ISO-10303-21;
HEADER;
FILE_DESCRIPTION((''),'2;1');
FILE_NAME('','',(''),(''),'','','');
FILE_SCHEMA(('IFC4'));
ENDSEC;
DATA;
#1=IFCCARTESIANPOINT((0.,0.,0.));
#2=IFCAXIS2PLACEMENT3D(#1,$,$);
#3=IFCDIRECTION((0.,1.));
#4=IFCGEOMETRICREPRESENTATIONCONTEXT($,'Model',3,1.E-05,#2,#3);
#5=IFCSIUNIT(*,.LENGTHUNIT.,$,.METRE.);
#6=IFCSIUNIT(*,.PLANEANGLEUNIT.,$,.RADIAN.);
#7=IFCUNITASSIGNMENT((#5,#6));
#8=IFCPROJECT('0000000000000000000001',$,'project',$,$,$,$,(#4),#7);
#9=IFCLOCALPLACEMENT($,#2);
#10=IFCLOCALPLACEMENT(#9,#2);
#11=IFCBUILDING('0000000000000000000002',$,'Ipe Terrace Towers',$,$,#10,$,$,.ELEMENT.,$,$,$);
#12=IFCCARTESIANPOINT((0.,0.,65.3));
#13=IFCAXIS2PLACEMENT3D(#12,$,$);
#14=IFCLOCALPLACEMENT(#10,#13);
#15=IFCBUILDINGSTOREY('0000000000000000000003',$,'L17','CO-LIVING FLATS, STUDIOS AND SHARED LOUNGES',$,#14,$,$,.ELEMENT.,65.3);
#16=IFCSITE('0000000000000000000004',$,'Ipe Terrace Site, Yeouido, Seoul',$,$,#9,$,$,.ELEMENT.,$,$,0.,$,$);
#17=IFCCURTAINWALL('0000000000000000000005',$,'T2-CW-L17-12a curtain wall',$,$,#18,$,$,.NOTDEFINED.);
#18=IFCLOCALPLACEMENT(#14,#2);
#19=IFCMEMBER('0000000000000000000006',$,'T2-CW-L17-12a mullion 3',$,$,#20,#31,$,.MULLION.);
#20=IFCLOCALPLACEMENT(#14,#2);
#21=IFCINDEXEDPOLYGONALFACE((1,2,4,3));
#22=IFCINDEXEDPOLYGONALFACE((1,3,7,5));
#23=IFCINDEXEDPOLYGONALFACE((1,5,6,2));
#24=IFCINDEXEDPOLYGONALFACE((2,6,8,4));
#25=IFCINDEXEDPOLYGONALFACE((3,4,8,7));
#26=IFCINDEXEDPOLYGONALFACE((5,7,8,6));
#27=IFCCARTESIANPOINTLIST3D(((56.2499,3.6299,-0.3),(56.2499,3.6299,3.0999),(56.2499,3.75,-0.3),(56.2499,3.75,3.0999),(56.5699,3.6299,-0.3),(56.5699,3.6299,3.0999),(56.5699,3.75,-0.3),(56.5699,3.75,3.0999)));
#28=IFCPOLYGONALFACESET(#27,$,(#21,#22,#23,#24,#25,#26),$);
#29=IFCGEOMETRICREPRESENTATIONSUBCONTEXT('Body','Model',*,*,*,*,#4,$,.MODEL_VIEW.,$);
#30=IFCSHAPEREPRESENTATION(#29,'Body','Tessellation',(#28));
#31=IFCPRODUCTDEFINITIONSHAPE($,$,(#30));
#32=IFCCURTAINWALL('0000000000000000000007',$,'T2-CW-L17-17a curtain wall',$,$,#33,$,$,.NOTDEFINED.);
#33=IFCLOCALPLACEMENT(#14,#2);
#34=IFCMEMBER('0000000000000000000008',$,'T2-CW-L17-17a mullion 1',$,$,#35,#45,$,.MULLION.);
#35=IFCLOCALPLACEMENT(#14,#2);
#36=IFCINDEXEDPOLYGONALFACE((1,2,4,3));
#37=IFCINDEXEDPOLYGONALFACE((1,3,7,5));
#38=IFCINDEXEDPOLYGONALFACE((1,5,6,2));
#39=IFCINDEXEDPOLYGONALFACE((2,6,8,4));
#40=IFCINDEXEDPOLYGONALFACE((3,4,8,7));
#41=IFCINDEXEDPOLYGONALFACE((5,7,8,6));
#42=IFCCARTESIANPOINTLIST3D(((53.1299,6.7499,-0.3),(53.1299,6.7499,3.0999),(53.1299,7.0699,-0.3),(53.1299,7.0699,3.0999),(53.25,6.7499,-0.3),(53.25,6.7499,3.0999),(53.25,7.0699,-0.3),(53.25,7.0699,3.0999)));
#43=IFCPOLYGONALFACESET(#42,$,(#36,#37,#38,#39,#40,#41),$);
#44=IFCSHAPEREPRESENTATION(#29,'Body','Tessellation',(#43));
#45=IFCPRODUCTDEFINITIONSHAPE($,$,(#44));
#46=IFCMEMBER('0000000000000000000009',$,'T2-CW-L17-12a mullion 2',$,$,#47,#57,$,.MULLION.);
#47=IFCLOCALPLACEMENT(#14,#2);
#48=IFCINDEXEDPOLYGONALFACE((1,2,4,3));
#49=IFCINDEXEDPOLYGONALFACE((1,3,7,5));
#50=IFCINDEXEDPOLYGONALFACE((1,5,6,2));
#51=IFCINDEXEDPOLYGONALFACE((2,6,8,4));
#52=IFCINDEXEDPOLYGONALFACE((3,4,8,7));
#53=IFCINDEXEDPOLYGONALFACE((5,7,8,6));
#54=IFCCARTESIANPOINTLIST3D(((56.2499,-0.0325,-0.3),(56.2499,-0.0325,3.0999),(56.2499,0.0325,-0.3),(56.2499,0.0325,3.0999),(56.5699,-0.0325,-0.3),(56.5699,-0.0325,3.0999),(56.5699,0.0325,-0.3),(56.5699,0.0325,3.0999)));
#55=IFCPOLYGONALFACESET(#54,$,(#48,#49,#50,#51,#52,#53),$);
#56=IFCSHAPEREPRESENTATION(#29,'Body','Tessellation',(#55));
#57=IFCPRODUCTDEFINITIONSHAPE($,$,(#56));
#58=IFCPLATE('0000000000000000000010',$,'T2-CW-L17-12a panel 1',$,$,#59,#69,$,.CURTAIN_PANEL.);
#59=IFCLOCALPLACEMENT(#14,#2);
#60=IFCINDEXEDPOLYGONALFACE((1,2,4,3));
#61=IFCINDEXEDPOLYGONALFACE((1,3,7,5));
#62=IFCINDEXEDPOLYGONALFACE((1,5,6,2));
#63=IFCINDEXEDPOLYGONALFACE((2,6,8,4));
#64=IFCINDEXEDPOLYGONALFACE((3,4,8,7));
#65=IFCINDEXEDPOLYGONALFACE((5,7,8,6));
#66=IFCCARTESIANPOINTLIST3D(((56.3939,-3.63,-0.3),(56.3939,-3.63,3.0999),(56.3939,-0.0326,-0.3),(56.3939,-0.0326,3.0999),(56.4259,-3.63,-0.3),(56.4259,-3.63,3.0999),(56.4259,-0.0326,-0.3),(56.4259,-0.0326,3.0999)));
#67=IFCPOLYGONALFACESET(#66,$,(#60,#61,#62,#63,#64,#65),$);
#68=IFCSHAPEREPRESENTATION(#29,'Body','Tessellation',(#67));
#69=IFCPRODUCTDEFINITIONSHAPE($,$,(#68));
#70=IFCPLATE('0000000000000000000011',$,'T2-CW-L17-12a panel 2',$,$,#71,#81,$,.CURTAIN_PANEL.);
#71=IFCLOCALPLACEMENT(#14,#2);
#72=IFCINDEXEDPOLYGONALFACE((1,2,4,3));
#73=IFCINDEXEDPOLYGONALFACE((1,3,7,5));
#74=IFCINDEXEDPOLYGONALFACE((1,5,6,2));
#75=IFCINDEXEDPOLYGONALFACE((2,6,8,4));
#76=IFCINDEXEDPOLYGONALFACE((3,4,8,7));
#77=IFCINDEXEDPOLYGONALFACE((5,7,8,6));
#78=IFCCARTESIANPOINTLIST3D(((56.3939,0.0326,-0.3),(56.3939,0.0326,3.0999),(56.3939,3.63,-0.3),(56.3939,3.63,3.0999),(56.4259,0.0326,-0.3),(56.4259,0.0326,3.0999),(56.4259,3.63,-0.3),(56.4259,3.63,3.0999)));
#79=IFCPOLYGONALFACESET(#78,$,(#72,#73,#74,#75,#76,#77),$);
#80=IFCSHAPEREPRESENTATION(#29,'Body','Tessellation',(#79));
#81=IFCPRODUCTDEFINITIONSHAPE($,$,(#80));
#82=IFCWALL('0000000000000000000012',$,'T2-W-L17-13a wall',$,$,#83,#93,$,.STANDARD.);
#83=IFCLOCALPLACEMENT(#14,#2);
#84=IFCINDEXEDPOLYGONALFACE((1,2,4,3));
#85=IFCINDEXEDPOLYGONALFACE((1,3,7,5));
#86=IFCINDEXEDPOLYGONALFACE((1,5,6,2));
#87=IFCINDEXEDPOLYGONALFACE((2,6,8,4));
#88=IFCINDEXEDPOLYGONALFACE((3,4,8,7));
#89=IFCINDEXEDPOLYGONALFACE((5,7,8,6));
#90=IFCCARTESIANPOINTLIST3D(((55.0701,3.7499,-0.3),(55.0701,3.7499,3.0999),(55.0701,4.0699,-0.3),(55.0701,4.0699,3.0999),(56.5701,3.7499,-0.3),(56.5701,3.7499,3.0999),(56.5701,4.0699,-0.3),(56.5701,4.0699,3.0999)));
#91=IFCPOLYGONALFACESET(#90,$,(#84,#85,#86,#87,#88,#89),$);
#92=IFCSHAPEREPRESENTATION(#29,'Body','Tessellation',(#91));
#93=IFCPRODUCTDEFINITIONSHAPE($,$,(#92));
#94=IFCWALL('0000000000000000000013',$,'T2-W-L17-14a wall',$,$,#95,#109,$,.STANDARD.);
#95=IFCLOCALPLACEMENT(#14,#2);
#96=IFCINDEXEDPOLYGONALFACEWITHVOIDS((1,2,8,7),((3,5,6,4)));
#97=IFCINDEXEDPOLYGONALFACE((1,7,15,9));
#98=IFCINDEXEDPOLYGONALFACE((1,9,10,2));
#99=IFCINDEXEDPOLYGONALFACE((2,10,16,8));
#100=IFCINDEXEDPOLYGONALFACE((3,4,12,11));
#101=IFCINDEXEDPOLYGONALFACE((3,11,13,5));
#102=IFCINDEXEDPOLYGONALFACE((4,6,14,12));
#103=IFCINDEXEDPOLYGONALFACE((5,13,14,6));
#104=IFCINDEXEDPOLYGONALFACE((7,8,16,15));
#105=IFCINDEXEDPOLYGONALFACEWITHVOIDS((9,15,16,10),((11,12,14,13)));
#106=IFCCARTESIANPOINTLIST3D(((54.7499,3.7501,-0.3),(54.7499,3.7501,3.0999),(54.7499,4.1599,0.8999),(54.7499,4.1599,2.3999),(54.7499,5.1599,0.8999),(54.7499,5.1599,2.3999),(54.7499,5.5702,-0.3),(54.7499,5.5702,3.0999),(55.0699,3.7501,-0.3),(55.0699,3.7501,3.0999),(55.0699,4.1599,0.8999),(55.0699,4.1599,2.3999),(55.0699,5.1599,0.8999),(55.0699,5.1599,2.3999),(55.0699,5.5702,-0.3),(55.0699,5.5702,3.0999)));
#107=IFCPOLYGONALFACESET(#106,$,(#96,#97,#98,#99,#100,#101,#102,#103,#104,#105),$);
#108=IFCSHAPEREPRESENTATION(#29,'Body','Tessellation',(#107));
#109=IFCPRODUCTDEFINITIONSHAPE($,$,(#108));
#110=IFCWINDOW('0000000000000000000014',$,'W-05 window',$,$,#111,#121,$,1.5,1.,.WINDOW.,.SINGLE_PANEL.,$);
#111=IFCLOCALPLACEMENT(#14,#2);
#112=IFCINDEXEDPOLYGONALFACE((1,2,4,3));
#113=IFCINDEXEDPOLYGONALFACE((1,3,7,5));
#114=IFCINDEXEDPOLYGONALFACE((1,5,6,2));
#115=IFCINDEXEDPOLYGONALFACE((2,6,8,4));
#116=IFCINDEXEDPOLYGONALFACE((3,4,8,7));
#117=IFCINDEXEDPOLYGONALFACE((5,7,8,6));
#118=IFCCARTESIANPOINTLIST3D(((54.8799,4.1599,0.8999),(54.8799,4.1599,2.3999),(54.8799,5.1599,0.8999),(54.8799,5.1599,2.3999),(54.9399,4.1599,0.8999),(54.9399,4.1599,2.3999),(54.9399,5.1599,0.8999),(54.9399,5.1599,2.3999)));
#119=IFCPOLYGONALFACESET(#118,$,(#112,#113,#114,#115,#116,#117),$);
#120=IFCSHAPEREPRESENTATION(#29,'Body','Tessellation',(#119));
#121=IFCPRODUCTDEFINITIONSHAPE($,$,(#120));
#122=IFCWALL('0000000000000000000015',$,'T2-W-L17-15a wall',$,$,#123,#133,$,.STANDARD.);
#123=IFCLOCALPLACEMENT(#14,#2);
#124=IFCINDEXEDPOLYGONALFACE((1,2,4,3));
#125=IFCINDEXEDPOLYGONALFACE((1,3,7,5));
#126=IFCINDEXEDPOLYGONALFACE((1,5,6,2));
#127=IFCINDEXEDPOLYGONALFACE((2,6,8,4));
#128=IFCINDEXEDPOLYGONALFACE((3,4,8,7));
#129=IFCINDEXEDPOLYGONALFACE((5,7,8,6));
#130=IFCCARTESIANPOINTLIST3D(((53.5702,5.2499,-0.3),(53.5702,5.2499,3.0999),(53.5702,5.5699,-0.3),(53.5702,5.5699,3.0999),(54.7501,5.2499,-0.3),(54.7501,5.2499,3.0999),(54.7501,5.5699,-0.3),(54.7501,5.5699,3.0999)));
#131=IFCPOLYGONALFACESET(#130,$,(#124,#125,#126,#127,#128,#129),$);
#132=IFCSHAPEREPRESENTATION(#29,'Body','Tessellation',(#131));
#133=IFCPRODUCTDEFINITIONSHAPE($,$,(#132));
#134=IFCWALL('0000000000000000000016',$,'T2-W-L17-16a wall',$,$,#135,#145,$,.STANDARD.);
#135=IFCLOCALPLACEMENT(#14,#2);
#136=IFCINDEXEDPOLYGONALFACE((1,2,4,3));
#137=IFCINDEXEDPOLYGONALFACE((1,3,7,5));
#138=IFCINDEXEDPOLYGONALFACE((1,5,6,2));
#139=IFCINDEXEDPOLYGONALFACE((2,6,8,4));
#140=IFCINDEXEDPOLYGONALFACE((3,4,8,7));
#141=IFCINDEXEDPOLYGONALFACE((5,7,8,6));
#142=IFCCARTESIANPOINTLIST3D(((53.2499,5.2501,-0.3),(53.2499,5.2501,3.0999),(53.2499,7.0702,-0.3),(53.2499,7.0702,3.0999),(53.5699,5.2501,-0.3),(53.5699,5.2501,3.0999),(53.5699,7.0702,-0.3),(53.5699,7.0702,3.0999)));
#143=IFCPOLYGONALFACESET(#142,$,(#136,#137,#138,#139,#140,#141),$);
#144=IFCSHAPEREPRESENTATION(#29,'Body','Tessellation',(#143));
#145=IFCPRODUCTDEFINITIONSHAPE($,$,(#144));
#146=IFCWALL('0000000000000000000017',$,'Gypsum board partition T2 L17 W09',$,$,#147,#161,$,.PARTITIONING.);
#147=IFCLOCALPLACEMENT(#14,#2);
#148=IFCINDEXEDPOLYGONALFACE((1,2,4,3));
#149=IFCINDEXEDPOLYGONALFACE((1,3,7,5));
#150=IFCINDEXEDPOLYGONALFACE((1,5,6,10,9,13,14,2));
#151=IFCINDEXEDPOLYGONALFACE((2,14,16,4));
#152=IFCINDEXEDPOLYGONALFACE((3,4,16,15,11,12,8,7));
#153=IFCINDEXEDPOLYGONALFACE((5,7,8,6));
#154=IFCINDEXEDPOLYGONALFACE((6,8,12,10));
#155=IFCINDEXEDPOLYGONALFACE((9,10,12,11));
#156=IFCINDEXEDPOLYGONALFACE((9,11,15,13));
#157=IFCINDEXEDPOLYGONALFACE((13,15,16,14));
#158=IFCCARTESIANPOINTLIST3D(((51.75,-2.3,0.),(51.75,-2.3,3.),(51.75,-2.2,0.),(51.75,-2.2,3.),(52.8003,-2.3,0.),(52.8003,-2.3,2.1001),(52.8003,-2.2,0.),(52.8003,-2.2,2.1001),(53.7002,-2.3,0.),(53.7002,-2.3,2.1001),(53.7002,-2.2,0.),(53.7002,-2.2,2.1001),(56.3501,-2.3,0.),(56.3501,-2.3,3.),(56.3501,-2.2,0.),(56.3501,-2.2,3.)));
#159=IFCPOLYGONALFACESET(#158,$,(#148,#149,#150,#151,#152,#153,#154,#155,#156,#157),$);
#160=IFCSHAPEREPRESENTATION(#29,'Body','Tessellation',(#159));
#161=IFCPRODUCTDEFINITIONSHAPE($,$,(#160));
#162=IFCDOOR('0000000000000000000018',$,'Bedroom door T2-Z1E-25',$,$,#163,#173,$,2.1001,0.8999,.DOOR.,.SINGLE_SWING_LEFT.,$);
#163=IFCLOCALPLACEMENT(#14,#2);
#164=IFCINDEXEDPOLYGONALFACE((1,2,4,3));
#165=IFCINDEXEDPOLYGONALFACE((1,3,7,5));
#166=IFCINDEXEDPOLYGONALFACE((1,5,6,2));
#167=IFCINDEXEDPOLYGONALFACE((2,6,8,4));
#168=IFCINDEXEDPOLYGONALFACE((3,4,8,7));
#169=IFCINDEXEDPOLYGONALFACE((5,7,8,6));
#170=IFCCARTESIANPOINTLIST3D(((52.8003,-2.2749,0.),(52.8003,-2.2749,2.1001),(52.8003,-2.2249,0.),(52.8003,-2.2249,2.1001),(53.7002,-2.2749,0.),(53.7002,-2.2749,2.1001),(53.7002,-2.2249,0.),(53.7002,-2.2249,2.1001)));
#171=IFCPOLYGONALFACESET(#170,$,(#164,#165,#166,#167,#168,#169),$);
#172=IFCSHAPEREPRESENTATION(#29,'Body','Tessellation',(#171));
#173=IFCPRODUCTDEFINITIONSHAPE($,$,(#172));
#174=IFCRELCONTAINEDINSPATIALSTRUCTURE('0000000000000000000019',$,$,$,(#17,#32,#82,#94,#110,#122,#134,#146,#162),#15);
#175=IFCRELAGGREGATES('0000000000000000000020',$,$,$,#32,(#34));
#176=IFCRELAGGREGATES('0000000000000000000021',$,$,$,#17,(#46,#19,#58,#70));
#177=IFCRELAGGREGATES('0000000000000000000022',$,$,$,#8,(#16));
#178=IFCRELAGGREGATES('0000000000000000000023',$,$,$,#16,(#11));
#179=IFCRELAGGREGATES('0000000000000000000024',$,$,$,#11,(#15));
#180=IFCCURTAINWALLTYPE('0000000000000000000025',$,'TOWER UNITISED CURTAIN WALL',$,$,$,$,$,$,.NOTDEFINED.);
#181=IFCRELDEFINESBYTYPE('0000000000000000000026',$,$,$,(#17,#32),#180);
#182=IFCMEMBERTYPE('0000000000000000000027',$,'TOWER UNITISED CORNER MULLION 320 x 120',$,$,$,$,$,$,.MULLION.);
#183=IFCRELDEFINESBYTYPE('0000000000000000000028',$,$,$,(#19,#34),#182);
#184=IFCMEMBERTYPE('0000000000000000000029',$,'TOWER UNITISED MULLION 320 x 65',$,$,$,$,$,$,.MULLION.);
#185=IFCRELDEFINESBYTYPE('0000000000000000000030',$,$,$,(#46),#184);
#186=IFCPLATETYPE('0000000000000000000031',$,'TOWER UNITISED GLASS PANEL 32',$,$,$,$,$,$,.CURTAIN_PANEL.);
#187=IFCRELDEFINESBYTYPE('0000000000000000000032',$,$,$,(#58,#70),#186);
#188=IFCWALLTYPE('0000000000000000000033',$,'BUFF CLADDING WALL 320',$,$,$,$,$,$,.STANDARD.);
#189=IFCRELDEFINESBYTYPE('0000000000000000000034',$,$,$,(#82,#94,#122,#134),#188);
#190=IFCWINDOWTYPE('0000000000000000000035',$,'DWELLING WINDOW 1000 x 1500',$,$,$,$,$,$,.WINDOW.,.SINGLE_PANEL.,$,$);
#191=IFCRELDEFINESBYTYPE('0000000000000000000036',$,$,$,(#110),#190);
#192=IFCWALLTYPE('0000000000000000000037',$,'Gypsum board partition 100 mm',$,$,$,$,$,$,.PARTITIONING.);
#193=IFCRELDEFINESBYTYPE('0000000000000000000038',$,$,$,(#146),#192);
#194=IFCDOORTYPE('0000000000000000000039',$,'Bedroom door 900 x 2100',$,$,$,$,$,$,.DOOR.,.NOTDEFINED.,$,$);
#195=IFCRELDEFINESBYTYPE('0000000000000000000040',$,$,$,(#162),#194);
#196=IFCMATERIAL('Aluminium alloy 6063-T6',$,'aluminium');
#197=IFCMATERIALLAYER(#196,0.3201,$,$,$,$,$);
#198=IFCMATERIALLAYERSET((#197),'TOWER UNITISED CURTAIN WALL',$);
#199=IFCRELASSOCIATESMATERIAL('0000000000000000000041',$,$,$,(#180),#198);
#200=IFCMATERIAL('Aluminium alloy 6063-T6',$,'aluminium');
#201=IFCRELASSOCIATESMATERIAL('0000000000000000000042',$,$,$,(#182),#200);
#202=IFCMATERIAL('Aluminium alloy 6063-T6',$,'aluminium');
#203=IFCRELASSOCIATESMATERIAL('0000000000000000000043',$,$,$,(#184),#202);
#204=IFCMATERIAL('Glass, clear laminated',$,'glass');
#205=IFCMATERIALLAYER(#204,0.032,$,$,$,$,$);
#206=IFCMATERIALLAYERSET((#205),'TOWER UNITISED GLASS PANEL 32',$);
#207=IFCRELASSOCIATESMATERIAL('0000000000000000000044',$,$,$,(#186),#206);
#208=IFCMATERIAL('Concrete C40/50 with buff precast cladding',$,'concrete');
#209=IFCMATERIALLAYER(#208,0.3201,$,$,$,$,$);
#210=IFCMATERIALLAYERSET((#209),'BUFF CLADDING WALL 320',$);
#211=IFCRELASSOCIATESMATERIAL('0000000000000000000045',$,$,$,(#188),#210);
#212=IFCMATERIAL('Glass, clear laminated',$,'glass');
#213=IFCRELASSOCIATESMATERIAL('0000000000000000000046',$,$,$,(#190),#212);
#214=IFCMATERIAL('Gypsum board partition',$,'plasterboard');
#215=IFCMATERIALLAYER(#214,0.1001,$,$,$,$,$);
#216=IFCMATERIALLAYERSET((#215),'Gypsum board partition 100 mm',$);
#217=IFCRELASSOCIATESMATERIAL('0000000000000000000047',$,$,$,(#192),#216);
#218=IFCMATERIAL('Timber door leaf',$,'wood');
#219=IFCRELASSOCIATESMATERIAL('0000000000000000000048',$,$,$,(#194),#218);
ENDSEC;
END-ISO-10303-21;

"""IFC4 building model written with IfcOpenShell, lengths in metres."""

from ifc_helpers import new_model, si_unit, direction, frame, frame_2d, origin, origin_2d, place, context, subcontext, project, spatial, rectangle, extrude, material, layer, layer_set, material_profile, profile_set, type_object, element, fill, aggregate, save


model = new_model("IFC4")

# Units and contexts
model_context = context("Model", 3, precision=1e-05, world=origin(), true_north=direction((0.0, 1.0)))
body_context = subcontext(model_context, "Body", "Model", "MODEL_VIEW")
ifc_project = project(units=[si_unit("LENGTHUNIT", "METRE"), si_unit("PLANEANGLEUNIT", "RADIAN")], contexts=[model_context])

# Site, building, storey
site_placement = place(None, origin())
site = spatial("IfcSite", under=ifc_project, at=site_placement, Name="Ipe Terrace Site, Yeouido, Seoul", CompositionType="ELEMENT", RefElevation=0.0)
building_placement = place(site_placement, origin())
building = spatial("IfcBuilding", under=site, at=building_placement, Name="Ipe Terrace Towers", CompositionType="ELEMENT")
storey_placement = place(building_placement, frame((0.0, 0.0, 65.3)))
storey = spatial("IfcBuildingStorey", under=building, at=storey_placement, Name="L17", Description="CO-LIVING FLATS, STUDIOS AND SHARED LOUNGES", CompositionType="ELEMENT", Elevation=65.3)

# Curtain walls, members
ifc_material_1 = material(Name="Aluminium alloy 6063-T6", Category="aluminium")
ifc_layer_1 = layer(ifc_material_1, 0.3201)
ifc_layer_set_1 = layer_set([ifc_layer_1], Name="TOWER UNITISED CURTAIN WALL")
curtain_wall_type = type_object("IfcCurtainWallType", Name="TOWER UNITISED CURTAIN WALL", PredefinedType="NOTDEFINED", material=ifc_layer_set_1)
curtain_wall_1_placement = place(storey_placement, origin())
curtain_wall_1 = element("IfcCurtainWall", 1, at=curtain_wall_1_placement, inside=storey, type_object=curtain_wall_type, Name="T2-CW-L17-12a curtain wall", PredefinedType="NOTDEFINED")
ifc_material_2 = material(Name="Aluminium alloy 6063-T6", Category="aluminium")
ifc_material_profile_1 = material_profile(ifc_material_2, rectangle(XDim=0.3201, YDim=0.1201, at=origin_2d()), Name="TOWER UNITISED CORNER MULLION 320 x 120")
ifc_profile_set_1 = profile_set([ifc_material_profile_1], Name="Aluminium alloy 6063-T6")
member_type_1 = type_object("IfcMemberType", Name="TOWER UNITISED CORNER MULLION 320 x 120", PredefinedType="MULLION", material=ifc_profile_set_1)
member_1_placement = place(storey_placement, frame((56.4099, 3.6899, -0.3), z_axis=(0.0, 0.0, 1.0), x_axis=(1.0, 0.0, 0.0)))
member_1 = element("IfcMember", 2, at=member_1_placement, type_object=member_type_1, Name="T2-CW-L17-12a mullion 3", PredefinedType="MULLION", context=body_context, shape_type="SweptSolid", body=[
    extrude(rectangle(XDim=0.3201, YDim=0.1201, at=origin_2d()), origin(), (0.0, 0.0, 1.0), 3.3999),
])
curtain_wall_2_placement = place(storey_placement, origin())
curtain_wall_2 = element("IfcCurtainWall", 3, at=curtain_wall_2_placement, inside=storey, type_object=curtain_wall_type, Name="T2-CW-L17-17a curtain wall", PredefinedType="NOTDEFINED")
member_2_placement = place(storey_placement, frame((53.1899, 6.9099, -0.3), z_axis=(0.0, 0.0, 1.0), x_axis=(0.0, 1.0, 0.0)))
member_2 = element("IfcMember", 4, at=member_2_placement, type_object=member_type_1, Name="T2-CW-L17-17a mullion 1", PredefinedType="MULLION", context=body_context, shape_type="SweptSolid", body=[
    extrude(rectangle(XDim=0.3201, YDim=0.1201, at=origin_2d()), origin(), (0.0, 0.0, 1.0), 3.3999),
])
aggregate(curtain_wall_2, [member_2])

# Member
ifc_material_3 = material(Name="Aluminium alloy 6063-T6", Category="aluminium")
ifc_material_profile_2 = material_profile(ifc_material_3, rectangle(XDim=0.3201, YDim=0.0649, at=origin_2d()), Name="TOWER UNITISED MULLION 320 x 65")
ifc_profile_set_2 = profile_set([ifc_material_profile_2], Name="Aluminium alloy 6063-T6")
member_type_2 = type_object("IfcMemberType", Name="TOWER UNITISED MULLION 320 x 65", PredefinedType="MULLION", material=ifc_profile_set_2)
member_3_placement = place(storey_placement, frame((56.4099, 0.0, -0.3), z_axis=(0.0, 0.0, 1.0), x_axis=(1.0, 0.0, 0.0)))
member_3 = element("IfcMember", 5, at=member_3_placement, type_object=member_type_2, Name="T2-CW-L17-12a mullion 2", PredefinedType="MULLION", context=body_context, shape_type="SweptSolid", body=[
    extrude(rectangle(XDim=0.3201, YDim=0.0649, at=origin_2d()), origin(), (0.0, 0.0, 1.0), 3.3999),
])

# Plates
ifc_material_4 = material(Name="Glass, clear laminated", Category="glass")
ifc_layer_2 = layer(ifc_material_4, 0.032)
ifc_layer_set_2 = layer_set([ifc_layer_2], Name="TOWER UNITISED GLASS PANEL 32")
plate_type = type_object("IfcPlateType", Name="TOWER UNITISED GLASS PANEL 32", PredefinedType="CURTAIN_PANEL", material=ifc_layer_set_2)
plate_1_placement = place(storey_placement, frame((56.4099, -1.8313, -0.3), z_axis=(0.0, 0.0, 1.0), x_axis=(0.0, 1.0, 0.0)))
plate_1 = element("IfcPlate", 6, at=plate_1_placement, type_object=plate_type, Name="T2-CW-L17-12a panel 1", PredefinedType="CURTAIN_PANEL", context=body_context, shape_type="SweptSolid", body=[
    extrude(rectangle(XDim=3.5974, YDim=0.032, at=origin_2d()), origin(), (0.0, 0.0, 1.0), 3.3999),
])
plate_2_placement = place(storey_placement, frame((56.4099, 1.8313, -0.3), z_axis=(0.0, 0.0, 1.0), x_axis=(0.0, 1.0, 0.0)))
plate_2 = element("IfcPlate", 7, at=plate_2_placement, type_object=plate_type, Name="T2-CW-L17-12a panel 2", PredefinedType="CURTAIN_PANEL", context=body_context, shape_type="SweptSolid", body=[
    extrude(rectangle(XDim=3.5974, YDim=0.032, at=origin_2d()), origin(), (0.0, 0.0, 1.0), 3.3999),
])
aggregate(curtain_wall_1, [member_3, member_1, plate_1, plate_2])

# Wall
ifc_material_5 = material(Name="Concrete C40/50 with buff precast cladding", Category="concrete")
ifc_layer_3 = layer(ifc_material_5, 0.3201)
ifc_layer_set_3 = layer_set([ifc_layer_3], Name="BUFF CLADDING WALL 320")
wall_type_1 = type_object("IfcWallType", Name="BUFF CLADDING WALL 320", PredefinedType="STANDARD", material=ifc_layer_set_3)
wall_1_placement = place(storey_placement, frame((56.5701, 3.9099, -0.3), z_axis=(0.0, 0.0, 1.0), x_axis=(-1.0, 0.0, 0.0)))
element("IfcWall", 8, at=wall_1_placement, inside=storey, type_object=wall_type_1, Name="T2-W-L17-13a wall", PredefinedType="STANDARD", context=body_context, shape_type="SweptSolid", body=[
    extrude(rectangle(XDim=1.5, YDim=0.3201, at=frame_2d((0.75, 0.0))), origin(), (0.0, 0.0, 1.0), 3.3999),
])

# Wall, opening, window
wall_2_placement = place(storey_placement, frame((54.9099, 3.75, -0.3), z_axis=(0.0, 0.0, 1.0), x_axis=(0.0, 1.0, 0.0)))
wall_2 = element("IfcWall", 9, at=wall_2_placement, inside=storey, type_object=wall_type_1, Name="T2-W-L17-14a wall", PredefinedType="STANDARD", context=body_context, shape_type="SweptSolid", body=[
    extrude(rectangle(XDim=1.8201, YDim=0.3201, at=frame_2d((0.9102, 0.0))), origin(), (0.0, 0.0, 1.0), 3.3999),
])
opening_1_placement = place(wall_2_placement, frame((0.4099, 0.0, 1.2)))
opening_1 = element("IfcOpeningElement", 10, at=opening_1_placement, cuts=wall_2, PredefinedType="OPENING", context=body_context, shape_type="SweptSolid", body=[
    extrude(rectangle(XDim=1.0, YDim=1.5, at=frame_2d((0.5, 0.75))), frame((0.0, 0.1699, 0.0), z_axis=(0.0, -1.0, 0.0), x_axis=(1.0, 0.0, 0.0)), (0.0, 0.0, 1.0), 0.3401),
])
ifc_material_6 = material(Name="Glass, clear laminated", Category="glass")
window_type = type_object("IfcWindowType", Name="DWELLING WINDOW 1000 x 1500", PartitioningType="SINGLE_PANEL", PredefinedType="WINDOW", material=ifc_material_6)
window_placement = place(opening_1_placement, origin())
window = element("IfcWindow", 11, at=window_placement, inside=storey, type_object=window_type, Name="W-05 window", OverallHeight=1.5, OverallWidth=1.0, PartitioningType="SINGLE_PANEL", PredefinedType="WINDOW", context=body_context, shape_type="SweptSolid", body=[
    extrude(rectangle(XDim=1.0, YDim=1.5, at=frame_2d((0.5, 0.75))), frame((0.0, 0.03, 0.0), z_axis=(0.0, -1.0, 0.0), x_axis=(1.0, 0.0, 0.0)), (0.0, 0.0, 1.0), 0.0601),
])
fill(opening_1, window)

# Walls
wall_3_placement = place(storey_placement, frame((54.75, 5.4099, -0.3), z_axis=(0.0, 0.0, 1.0), x_axis=(-1.0, 0.0, 0.0)))
element("IfcWall", 12, at=wall_3_placement, inside=storey, type_object=wall_type_1, Name="T2-W-L17-15a wall", PredefinedType="STANDARD", context=body_context, shape_type="SweptSolid", body=[
    extrude(rectangle(XDim=1.1799, YDim=0.3201, at=frame_2d((0.5898, 0.0))), origin(), (0.0, 0.0, 1.0), 3.3999),
])
wall_4_placement = place(storey_placement, frame((53.4099, 5.25, -0.3), z_axis=(0.0, 0.0, 1.0), x_axis=(0.0, 1.0, 0.0)))
element("IfcWall", 13, at=wall_4_placement, inside=storey, type_object=wall_type_1, Name="T2-W-L17-16a wall", PredefinedType="STANDARD", context=body_context, shape_type="SweptSolid", body=[
    extrude(rectangle(XDim=1.8201, YDim=0.3201, at=frame_2d((0.9102, 0.0))), origin(), (0.0, 0.0, 1.0), 3.3999),
])

# Wall, opening, door
ifc_material_7 = material(Name="Gypsum board partition", Category="plasterboard")
ifc_layer_4 = layer(ifc_material_7, 0.1001)
ifc_layer_set_4 = layer_set([ifc_layer_4], Name="Gypsum board partition 100 mm")
wall_type_2 = type_object("IfcWallType", Name="Gypsum board partition 100 mm", PredefinedType="PARTITIONING", material=ifc_layer_set_4)
wall_5_placement = place(storey_placement, frame((56.3501, -2.25, 0.0), z_axis=(0.0, 0.0, 1.0), x_axis=(-1.0, 0.0, 0.0)))
wall_5 = element("IfcWall", 14, at=wall_5_placement, inside=storey, type_object=wall_type_2, Name="Gypsum board partition T2 L17 W09", PredefinedType="PARTITIONING", context=body_context, shape_type="SweptSolid", body=[
    extrude(rectangle(XDim=4.6001, YDim=0.1001, at=frame_2d((2.3, 0.0))), origin(), (0.0, 0.0, 1.0), 3.0),
])
opening_2_placement = place(wall_5_placement, frame((2.6499, 0.0, 0.0)))
opening_2 = element("IfcOpeningElement", 15, at=opening_2_placement, cuts=wall_5, PredefinedType="OPENING", context=body_context, shape_type="SweptSolid", body=[
    extrude(rectangle(XDim=0.8999, YDim=2.1001, at=frame_2d((0.45, 1.05))), frame((0.0, 0.0601, 0.0), z_axis=(0.0, -1.0, 0.0), x_axis=(1.0, 0.0, 0.0)), (0.0, 0.0, 1.0), 0.1201),
])
ifc_material_8 = material(Name="Timber door leaf", Category="wood")
door_type_1 = type_object("IfcDoorType", Name="Bedroom door 900 x 2100", OperationType="NOTDEFINED", PredefinedType="DOOR", material=ifc_material_8)
door_1_placement = place(opening_2_placement, origin())
door_1 = element("IfcDoor", 16, at=door_1_placement, inside=storey, type_object=door_type_1, Name="Bedroom door T2-Z1E-25", OperationType="SINGLE_SWING_LEFT", OverallHeight=2.1001, OverallWidth=0.8999, PredefinedType="DOOR", context=body_context, shape_type="SweptSolid", body=[
    extrude(rectangle(XDim=0.8999, YDim=2.1001, at=frame_2d((0.45, 1.05))), frame((0.0, 0.0249, 0.0), z_axis=(0.0, -1.0, 0.0), x_axis=(1.0, 0.0, 0.0)), (0.0, 0.0, 1.0), 0.05),
])
fill(opening_2, door_1)

save(model, "model.ifc")
